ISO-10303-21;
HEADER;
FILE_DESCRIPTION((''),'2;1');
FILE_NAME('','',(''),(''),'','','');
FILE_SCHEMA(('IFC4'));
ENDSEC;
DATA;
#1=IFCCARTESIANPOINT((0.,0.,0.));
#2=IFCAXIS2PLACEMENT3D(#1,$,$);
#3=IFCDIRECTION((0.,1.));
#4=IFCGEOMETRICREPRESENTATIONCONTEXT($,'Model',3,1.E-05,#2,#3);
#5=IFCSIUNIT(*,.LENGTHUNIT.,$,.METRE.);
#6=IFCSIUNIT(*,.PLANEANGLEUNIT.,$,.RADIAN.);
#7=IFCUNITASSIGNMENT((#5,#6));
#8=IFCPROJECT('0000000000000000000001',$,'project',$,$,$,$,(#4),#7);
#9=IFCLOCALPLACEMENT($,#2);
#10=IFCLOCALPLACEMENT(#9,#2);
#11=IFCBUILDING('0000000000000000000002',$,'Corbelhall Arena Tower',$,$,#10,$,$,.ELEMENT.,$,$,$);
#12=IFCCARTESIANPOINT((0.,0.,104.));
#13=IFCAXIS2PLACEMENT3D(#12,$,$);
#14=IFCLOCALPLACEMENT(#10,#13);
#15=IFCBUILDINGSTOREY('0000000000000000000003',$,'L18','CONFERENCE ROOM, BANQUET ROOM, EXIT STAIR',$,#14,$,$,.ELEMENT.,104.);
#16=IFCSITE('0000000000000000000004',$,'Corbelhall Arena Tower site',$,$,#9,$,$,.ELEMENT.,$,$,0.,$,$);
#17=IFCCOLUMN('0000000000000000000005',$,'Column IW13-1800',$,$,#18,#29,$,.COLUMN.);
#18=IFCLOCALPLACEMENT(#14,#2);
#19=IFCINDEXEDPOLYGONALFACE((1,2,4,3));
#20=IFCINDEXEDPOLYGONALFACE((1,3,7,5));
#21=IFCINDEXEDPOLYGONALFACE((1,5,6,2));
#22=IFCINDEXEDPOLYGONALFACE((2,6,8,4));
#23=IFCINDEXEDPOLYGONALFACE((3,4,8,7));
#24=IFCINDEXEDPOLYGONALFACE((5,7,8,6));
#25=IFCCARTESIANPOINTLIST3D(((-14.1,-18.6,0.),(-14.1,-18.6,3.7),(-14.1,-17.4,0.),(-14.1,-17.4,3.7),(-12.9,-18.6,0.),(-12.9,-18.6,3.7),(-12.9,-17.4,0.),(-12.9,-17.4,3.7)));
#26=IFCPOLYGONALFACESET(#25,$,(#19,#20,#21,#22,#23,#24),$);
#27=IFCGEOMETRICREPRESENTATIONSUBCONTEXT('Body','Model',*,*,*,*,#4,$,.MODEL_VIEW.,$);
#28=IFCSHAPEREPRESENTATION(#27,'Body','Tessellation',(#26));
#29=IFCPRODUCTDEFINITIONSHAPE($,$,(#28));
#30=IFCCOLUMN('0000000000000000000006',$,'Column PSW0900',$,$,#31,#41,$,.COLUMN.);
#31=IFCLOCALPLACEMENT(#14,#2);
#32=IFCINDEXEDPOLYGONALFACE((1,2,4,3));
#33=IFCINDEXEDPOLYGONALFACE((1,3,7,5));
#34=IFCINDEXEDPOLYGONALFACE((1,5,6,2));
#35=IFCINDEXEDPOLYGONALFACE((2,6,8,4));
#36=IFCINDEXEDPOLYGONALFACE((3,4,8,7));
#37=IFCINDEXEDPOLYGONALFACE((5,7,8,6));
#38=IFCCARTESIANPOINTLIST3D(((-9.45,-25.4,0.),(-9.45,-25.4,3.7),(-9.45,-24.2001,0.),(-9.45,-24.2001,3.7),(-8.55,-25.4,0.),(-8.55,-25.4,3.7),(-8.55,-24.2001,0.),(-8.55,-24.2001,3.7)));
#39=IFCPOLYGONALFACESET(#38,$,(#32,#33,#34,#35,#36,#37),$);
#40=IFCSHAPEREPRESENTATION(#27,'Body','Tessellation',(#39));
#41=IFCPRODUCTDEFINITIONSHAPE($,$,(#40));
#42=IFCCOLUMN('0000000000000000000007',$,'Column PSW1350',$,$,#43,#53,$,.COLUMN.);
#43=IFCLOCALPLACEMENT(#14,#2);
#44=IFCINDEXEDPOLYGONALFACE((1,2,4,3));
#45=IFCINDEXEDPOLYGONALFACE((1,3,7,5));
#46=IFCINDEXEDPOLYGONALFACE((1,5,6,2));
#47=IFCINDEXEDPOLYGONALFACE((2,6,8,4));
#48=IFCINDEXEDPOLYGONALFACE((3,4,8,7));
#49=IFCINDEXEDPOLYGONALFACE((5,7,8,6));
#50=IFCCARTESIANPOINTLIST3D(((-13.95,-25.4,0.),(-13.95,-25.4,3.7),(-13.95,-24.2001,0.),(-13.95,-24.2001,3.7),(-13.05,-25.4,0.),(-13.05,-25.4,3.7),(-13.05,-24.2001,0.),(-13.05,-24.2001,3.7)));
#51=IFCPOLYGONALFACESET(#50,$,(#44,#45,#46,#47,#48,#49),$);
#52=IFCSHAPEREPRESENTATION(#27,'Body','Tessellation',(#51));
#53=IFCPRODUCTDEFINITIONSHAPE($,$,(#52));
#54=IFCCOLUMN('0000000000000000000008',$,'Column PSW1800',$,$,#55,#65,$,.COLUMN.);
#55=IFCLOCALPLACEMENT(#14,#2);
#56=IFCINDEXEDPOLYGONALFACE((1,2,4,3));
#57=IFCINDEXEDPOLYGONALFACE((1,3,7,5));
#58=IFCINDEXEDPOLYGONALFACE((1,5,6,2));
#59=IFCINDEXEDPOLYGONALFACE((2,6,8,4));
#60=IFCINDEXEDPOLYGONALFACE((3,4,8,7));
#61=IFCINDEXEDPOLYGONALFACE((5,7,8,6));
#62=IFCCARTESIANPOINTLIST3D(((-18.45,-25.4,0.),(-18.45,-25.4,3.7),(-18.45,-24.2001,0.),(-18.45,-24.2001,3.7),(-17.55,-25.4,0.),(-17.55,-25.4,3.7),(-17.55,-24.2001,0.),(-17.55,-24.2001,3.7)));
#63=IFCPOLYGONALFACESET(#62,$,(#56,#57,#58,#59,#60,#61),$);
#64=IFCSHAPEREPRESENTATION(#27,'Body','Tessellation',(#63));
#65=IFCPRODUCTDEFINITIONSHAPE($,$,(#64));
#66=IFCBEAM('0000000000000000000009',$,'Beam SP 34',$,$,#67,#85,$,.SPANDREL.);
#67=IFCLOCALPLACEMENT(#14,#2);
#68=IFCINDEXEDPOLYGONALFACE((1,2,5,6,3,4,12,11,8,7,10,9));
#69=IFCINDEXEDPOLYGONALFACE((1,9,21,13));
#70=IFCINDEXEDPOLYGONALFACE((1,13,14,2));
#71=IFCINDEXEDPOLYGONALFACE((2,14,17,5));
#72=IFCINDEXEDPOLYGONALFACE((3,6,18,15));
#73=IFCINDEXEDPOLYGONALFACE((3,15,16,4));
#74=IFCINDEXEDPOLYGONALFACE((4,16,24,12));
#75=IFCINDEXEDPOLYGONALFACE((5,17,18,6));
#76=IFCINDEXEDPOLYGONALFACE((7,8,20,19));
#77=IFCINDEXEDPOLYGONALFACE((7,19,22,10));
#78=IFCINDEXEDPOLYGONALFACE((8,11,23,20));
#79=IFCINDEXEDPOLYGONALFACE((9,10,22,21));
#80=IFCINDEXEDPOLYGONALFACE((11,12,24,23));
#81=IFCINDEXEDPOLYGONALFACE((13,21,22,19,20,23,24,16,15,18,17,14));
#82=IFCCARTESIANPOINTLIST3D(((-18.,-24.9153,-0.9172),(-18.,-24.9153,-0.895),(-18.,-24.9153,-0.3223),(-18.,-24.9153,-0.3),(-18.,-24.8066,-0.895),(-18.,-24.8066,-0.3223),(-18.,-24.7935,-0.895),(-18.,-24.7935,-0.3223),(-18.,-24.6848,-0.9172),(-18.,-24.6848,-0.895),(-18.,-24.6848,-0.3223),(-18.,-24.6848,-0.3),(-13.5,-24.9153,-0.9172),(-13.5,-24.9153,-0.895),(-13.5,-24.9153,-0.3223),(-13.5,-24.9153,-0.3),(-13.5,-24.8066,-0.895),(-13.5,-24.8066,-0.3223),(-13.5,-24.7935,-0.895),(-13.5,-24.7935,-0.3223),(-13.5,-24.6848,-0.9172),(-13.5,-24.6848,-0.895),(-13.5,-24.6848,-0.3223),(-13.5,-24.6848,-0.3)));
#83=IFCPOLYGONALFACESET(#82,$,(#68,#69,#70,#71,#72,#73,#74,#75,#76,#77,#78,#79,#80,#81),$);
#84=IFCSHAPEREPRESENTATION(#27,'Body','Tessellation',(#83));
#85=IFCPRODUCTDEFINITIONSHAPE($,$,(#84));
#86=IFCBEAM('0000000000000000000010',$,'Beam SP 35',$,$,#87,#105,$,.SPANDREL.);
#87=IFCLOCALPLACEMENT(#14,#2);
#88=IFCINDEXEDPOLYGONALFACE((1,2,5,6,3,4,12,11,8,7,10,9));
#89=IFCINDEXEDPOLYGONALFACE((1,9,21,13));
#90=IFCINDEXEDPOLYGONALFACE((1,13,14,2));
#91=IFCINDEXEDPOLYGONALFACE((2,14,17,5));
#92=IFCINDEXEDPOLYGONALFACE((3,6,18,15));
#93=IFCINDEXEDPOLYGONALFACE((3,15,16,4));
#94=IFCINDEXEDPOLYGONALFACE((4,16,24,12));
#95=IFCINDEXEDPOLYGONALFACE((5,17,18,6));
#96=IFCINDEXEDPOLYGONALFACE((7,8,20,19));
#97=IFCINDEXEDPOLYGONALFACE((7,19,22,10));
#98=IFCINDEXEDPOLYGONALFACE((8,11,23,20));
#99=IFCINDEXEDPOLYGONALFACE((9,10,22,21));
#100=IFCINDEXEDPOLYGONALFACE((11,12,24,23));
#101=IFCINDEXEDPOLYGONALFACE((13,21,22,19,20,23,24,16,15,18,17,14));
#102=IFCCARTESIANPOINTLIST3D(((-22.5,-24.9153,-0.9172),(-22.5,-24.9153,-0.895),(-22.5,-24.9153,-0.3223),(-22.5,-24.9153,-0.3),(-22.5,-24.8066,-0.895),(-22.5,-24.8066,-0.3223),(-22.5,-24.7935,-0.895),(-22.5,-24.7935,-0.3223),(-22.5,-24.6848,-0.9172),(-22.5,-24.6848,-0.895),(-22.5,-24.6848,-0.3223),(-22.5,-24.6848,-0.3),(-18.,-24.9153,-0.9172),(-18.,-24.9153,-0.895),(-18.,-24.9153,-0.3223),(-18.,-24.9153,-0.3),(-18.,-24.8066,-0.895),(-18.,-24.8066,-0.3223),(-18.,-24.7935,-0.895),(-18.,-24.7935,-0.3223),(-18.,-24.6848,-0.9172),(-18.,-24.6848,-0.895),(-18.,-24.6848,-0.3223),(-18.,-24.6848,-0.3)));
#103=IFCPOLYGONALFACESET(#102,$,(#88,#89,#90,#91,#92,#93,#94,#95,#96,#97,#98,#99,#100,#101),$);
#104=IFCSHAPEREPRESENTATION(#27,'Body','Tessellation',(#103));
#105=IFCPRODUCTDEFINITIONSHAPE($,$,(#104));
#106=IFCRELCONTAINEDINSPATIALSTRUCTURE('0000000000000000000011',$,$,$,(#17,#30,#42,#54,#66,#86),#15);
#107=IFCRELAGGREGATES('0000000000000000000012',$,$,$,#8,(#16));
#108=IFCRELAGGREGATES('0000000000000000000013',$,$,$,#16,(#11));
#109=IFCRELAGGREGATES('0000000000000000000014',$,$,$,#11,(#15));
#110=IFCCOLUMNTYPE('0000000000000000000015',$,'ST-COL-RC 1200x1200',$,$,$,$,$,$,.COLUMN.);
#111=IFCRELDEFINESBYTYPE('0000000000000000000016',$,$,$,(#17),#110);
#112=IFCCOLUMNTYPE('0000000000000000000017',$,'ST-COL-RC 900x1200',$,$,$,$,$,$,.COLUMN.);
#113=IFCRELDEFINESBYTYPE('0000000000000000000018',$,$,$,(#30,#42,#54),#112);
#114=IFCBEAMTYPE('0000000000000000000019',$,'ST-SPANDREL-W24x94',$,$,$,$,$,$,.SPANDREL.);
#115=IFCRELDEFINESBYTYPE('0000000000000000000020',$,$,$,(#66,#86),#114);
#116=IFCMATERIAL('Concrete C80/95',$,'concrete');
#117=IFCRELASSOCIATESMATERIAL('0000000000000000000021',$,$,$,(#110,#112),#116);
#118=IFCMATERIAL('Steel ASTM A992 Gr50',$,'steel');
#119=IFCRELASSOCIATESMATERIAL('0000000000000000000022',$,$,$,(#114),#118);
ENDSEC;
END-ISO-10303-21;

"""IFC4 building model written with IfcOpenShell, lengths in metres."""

from ifc_helpers import new_model, si_unit, direction, frame, origin, origin_2d, place, context, subcontext, project, spatial, rectangle, i_section, extrude, material, material_profile, profile_set, type_object, element, save


model = new_model("IFC4")

# Units and contexts
model_context = context("Model", 3, precision=1e-05, world=origin(), true_north=direction((0.0, 1.0)))
body_context = subcontext(model_context, "Body", "Model", "MODEL_VIEW")
ifc_project = project(units=[si_unit("LENGTHUNIT", "METRE"), si_unit("PLANEANGLEUNIT", "RADIAN")], contexts=[model_context])

# Site, building, storey
site_placement = place(None, origin())
site = spatial("IfcSite", under=ifc_project, at=site_placement, Name="Corbelhall Arena Tower site", CompositionType="ELEMENT", RefElevation=0.0)
building_placement = place(site_placement, origin())
building = spatial("IfcBuilding", under=site, at=building_placement, Name="Corbelhall Arena Tower", CompositionType="ELEMENT")
storey_placement = place(building_placement, frame((0.0, 0.0, 104.0)))
storey = spatial("IfcBuildingStorey", under=building, at=storey_placement, Name="L18", Description="CONFERENCE ROOM, BANQUET ROOM, EXIT STAIR", CompositionType="ELEMENT", Elevation=104.0)

# Columns
ifc_material_1 = material(Name="Concrete C80/95", Category="concrete")
ifc_material_profile_1 = material_profile(ifc_material_1, rectangle(XDim=1.2, YDim=1.2, at=origin_2d()))
ifc_profile_set_1 = profile_set([ifc_material_profile_1], Name="Concrete C80/95")
column_type_1 = type_object("IfcColumnType", Name="ST-COL-RC 1200x1200", PredefinedType="COLUMN", material=ifc_profile_set_1)
column_placement = place(storey_placement, frame((-13.5, -18.0, 0.0), z_axis=(0.0, 0.0, 1.0), x_axis=(1.0, 0.0, 0.0)))
element("IfcColumn", 1, at=column_placement, inside=storey, type_object=column_type_1, Name="Column IW13-1800", PredefinedType="COLUMN", context=body_context, shape_type="SweptSolid", body=[
    extrude(rectangle(XDim=1.2, YDim=1.2, at=origin_2d()), origin(), (0.0, 0.0, 1.0), 3.7),
])
ifc_material_profile_2 = material_profile(ifc_material_1, rectangle(XDim=0.8999, YDim=1.2, at=origin_2d()))
ifc_profile_set_2 = profile_set([ifc_material_profile_2], Name="Concrete C80/95")
column_type_2 = type_object("IfcColumnType", Name="ST-COL-RC 900x1200", PredefinedType="COLUMN", material=ifc_profile_set_2)
for number, where, z_axis, x_axis, name in (
    (2, (-9.0, -24.8, 0.0), (0.0, 0.0, 1.0), (1.0, 0.0, 0.0), "Column PSW0900"),
    (3, (-13.5, -24.8, 0.0), (0.0, 0.0, 1.0), (1.0, 0.0, 0.0), "Column PSW1350"),
    (4, (-18.0, -24.8, 0.0), (0.0, 0.0, 1.0), (1.0, 0.0, 0.0), "Column PSW1800"),
):
    element("IfcColumn", number, at=place(storey_placement, frame(where, z_axis=z_axis, x_axis=x_axis)), inside=storey, type_object=column_type_2, Name=name, PredefinedType="COLUMN", context=body_context, shape_type="SweptSolid", body=[
        extrude(rectangle(XDim=0.8999, YDim=1.2, at=origin_2d()), origin(), (0.0, 0.0, 1.0), 3.7),
    ])

# Beams
ifc_material_2 = material(Name="Steel ASTM A992 Gr50", Category="steel")
ifc_material_profile_3 = material_profile(ifc_material_2, i_section(OverallWidth=0.2305, OverallDepth=0.6172, WebThickness=0.0132, FlangeThickness=0.0222, at=origin_2d()))
ifc_profile_set_3 = profile_set([ifc_material_profile_3], Name="Steel ASTM A992 Gr50")
beam_type = type_object("IfcBeamType", Name="ST-SPANDREL-W24x94", PredefinedType="SPANDREL", material=ifc_profile_set_3)
for number, where, z_axis, x_axis, name in (
    (5, (-13.5, -24.8, -0.6086), (-1.0, 0.0, 0.0), (0.0, -1.0, 0.0), "Beam SP 34"),
    (6, (-18.0, -24.8, -0.6086), (-1.0, 0.0, 0.0), (0.0, -1.0, 0.0), "Beam SP 35"),
):
    element("IfcBeam", number, at=place(storey_placement, frame(where, z_axis=z_axis, x_axis=x_axis)), inside=storey, type_object=beam_type, Name=name, PredefinedType="SPANDREL", context=body_context, shape_type="SweptSolid", body=[
        extrude(i_section(OverallWidth=0.2305, OverallDepth=0.6172, WebThickness=0.0132, FlangeThickness=0.0222, at=origin_2d()), origin(), (0.0, 0.0, 1.0), 4.5),
    ])

save(model, "model.ifc")
